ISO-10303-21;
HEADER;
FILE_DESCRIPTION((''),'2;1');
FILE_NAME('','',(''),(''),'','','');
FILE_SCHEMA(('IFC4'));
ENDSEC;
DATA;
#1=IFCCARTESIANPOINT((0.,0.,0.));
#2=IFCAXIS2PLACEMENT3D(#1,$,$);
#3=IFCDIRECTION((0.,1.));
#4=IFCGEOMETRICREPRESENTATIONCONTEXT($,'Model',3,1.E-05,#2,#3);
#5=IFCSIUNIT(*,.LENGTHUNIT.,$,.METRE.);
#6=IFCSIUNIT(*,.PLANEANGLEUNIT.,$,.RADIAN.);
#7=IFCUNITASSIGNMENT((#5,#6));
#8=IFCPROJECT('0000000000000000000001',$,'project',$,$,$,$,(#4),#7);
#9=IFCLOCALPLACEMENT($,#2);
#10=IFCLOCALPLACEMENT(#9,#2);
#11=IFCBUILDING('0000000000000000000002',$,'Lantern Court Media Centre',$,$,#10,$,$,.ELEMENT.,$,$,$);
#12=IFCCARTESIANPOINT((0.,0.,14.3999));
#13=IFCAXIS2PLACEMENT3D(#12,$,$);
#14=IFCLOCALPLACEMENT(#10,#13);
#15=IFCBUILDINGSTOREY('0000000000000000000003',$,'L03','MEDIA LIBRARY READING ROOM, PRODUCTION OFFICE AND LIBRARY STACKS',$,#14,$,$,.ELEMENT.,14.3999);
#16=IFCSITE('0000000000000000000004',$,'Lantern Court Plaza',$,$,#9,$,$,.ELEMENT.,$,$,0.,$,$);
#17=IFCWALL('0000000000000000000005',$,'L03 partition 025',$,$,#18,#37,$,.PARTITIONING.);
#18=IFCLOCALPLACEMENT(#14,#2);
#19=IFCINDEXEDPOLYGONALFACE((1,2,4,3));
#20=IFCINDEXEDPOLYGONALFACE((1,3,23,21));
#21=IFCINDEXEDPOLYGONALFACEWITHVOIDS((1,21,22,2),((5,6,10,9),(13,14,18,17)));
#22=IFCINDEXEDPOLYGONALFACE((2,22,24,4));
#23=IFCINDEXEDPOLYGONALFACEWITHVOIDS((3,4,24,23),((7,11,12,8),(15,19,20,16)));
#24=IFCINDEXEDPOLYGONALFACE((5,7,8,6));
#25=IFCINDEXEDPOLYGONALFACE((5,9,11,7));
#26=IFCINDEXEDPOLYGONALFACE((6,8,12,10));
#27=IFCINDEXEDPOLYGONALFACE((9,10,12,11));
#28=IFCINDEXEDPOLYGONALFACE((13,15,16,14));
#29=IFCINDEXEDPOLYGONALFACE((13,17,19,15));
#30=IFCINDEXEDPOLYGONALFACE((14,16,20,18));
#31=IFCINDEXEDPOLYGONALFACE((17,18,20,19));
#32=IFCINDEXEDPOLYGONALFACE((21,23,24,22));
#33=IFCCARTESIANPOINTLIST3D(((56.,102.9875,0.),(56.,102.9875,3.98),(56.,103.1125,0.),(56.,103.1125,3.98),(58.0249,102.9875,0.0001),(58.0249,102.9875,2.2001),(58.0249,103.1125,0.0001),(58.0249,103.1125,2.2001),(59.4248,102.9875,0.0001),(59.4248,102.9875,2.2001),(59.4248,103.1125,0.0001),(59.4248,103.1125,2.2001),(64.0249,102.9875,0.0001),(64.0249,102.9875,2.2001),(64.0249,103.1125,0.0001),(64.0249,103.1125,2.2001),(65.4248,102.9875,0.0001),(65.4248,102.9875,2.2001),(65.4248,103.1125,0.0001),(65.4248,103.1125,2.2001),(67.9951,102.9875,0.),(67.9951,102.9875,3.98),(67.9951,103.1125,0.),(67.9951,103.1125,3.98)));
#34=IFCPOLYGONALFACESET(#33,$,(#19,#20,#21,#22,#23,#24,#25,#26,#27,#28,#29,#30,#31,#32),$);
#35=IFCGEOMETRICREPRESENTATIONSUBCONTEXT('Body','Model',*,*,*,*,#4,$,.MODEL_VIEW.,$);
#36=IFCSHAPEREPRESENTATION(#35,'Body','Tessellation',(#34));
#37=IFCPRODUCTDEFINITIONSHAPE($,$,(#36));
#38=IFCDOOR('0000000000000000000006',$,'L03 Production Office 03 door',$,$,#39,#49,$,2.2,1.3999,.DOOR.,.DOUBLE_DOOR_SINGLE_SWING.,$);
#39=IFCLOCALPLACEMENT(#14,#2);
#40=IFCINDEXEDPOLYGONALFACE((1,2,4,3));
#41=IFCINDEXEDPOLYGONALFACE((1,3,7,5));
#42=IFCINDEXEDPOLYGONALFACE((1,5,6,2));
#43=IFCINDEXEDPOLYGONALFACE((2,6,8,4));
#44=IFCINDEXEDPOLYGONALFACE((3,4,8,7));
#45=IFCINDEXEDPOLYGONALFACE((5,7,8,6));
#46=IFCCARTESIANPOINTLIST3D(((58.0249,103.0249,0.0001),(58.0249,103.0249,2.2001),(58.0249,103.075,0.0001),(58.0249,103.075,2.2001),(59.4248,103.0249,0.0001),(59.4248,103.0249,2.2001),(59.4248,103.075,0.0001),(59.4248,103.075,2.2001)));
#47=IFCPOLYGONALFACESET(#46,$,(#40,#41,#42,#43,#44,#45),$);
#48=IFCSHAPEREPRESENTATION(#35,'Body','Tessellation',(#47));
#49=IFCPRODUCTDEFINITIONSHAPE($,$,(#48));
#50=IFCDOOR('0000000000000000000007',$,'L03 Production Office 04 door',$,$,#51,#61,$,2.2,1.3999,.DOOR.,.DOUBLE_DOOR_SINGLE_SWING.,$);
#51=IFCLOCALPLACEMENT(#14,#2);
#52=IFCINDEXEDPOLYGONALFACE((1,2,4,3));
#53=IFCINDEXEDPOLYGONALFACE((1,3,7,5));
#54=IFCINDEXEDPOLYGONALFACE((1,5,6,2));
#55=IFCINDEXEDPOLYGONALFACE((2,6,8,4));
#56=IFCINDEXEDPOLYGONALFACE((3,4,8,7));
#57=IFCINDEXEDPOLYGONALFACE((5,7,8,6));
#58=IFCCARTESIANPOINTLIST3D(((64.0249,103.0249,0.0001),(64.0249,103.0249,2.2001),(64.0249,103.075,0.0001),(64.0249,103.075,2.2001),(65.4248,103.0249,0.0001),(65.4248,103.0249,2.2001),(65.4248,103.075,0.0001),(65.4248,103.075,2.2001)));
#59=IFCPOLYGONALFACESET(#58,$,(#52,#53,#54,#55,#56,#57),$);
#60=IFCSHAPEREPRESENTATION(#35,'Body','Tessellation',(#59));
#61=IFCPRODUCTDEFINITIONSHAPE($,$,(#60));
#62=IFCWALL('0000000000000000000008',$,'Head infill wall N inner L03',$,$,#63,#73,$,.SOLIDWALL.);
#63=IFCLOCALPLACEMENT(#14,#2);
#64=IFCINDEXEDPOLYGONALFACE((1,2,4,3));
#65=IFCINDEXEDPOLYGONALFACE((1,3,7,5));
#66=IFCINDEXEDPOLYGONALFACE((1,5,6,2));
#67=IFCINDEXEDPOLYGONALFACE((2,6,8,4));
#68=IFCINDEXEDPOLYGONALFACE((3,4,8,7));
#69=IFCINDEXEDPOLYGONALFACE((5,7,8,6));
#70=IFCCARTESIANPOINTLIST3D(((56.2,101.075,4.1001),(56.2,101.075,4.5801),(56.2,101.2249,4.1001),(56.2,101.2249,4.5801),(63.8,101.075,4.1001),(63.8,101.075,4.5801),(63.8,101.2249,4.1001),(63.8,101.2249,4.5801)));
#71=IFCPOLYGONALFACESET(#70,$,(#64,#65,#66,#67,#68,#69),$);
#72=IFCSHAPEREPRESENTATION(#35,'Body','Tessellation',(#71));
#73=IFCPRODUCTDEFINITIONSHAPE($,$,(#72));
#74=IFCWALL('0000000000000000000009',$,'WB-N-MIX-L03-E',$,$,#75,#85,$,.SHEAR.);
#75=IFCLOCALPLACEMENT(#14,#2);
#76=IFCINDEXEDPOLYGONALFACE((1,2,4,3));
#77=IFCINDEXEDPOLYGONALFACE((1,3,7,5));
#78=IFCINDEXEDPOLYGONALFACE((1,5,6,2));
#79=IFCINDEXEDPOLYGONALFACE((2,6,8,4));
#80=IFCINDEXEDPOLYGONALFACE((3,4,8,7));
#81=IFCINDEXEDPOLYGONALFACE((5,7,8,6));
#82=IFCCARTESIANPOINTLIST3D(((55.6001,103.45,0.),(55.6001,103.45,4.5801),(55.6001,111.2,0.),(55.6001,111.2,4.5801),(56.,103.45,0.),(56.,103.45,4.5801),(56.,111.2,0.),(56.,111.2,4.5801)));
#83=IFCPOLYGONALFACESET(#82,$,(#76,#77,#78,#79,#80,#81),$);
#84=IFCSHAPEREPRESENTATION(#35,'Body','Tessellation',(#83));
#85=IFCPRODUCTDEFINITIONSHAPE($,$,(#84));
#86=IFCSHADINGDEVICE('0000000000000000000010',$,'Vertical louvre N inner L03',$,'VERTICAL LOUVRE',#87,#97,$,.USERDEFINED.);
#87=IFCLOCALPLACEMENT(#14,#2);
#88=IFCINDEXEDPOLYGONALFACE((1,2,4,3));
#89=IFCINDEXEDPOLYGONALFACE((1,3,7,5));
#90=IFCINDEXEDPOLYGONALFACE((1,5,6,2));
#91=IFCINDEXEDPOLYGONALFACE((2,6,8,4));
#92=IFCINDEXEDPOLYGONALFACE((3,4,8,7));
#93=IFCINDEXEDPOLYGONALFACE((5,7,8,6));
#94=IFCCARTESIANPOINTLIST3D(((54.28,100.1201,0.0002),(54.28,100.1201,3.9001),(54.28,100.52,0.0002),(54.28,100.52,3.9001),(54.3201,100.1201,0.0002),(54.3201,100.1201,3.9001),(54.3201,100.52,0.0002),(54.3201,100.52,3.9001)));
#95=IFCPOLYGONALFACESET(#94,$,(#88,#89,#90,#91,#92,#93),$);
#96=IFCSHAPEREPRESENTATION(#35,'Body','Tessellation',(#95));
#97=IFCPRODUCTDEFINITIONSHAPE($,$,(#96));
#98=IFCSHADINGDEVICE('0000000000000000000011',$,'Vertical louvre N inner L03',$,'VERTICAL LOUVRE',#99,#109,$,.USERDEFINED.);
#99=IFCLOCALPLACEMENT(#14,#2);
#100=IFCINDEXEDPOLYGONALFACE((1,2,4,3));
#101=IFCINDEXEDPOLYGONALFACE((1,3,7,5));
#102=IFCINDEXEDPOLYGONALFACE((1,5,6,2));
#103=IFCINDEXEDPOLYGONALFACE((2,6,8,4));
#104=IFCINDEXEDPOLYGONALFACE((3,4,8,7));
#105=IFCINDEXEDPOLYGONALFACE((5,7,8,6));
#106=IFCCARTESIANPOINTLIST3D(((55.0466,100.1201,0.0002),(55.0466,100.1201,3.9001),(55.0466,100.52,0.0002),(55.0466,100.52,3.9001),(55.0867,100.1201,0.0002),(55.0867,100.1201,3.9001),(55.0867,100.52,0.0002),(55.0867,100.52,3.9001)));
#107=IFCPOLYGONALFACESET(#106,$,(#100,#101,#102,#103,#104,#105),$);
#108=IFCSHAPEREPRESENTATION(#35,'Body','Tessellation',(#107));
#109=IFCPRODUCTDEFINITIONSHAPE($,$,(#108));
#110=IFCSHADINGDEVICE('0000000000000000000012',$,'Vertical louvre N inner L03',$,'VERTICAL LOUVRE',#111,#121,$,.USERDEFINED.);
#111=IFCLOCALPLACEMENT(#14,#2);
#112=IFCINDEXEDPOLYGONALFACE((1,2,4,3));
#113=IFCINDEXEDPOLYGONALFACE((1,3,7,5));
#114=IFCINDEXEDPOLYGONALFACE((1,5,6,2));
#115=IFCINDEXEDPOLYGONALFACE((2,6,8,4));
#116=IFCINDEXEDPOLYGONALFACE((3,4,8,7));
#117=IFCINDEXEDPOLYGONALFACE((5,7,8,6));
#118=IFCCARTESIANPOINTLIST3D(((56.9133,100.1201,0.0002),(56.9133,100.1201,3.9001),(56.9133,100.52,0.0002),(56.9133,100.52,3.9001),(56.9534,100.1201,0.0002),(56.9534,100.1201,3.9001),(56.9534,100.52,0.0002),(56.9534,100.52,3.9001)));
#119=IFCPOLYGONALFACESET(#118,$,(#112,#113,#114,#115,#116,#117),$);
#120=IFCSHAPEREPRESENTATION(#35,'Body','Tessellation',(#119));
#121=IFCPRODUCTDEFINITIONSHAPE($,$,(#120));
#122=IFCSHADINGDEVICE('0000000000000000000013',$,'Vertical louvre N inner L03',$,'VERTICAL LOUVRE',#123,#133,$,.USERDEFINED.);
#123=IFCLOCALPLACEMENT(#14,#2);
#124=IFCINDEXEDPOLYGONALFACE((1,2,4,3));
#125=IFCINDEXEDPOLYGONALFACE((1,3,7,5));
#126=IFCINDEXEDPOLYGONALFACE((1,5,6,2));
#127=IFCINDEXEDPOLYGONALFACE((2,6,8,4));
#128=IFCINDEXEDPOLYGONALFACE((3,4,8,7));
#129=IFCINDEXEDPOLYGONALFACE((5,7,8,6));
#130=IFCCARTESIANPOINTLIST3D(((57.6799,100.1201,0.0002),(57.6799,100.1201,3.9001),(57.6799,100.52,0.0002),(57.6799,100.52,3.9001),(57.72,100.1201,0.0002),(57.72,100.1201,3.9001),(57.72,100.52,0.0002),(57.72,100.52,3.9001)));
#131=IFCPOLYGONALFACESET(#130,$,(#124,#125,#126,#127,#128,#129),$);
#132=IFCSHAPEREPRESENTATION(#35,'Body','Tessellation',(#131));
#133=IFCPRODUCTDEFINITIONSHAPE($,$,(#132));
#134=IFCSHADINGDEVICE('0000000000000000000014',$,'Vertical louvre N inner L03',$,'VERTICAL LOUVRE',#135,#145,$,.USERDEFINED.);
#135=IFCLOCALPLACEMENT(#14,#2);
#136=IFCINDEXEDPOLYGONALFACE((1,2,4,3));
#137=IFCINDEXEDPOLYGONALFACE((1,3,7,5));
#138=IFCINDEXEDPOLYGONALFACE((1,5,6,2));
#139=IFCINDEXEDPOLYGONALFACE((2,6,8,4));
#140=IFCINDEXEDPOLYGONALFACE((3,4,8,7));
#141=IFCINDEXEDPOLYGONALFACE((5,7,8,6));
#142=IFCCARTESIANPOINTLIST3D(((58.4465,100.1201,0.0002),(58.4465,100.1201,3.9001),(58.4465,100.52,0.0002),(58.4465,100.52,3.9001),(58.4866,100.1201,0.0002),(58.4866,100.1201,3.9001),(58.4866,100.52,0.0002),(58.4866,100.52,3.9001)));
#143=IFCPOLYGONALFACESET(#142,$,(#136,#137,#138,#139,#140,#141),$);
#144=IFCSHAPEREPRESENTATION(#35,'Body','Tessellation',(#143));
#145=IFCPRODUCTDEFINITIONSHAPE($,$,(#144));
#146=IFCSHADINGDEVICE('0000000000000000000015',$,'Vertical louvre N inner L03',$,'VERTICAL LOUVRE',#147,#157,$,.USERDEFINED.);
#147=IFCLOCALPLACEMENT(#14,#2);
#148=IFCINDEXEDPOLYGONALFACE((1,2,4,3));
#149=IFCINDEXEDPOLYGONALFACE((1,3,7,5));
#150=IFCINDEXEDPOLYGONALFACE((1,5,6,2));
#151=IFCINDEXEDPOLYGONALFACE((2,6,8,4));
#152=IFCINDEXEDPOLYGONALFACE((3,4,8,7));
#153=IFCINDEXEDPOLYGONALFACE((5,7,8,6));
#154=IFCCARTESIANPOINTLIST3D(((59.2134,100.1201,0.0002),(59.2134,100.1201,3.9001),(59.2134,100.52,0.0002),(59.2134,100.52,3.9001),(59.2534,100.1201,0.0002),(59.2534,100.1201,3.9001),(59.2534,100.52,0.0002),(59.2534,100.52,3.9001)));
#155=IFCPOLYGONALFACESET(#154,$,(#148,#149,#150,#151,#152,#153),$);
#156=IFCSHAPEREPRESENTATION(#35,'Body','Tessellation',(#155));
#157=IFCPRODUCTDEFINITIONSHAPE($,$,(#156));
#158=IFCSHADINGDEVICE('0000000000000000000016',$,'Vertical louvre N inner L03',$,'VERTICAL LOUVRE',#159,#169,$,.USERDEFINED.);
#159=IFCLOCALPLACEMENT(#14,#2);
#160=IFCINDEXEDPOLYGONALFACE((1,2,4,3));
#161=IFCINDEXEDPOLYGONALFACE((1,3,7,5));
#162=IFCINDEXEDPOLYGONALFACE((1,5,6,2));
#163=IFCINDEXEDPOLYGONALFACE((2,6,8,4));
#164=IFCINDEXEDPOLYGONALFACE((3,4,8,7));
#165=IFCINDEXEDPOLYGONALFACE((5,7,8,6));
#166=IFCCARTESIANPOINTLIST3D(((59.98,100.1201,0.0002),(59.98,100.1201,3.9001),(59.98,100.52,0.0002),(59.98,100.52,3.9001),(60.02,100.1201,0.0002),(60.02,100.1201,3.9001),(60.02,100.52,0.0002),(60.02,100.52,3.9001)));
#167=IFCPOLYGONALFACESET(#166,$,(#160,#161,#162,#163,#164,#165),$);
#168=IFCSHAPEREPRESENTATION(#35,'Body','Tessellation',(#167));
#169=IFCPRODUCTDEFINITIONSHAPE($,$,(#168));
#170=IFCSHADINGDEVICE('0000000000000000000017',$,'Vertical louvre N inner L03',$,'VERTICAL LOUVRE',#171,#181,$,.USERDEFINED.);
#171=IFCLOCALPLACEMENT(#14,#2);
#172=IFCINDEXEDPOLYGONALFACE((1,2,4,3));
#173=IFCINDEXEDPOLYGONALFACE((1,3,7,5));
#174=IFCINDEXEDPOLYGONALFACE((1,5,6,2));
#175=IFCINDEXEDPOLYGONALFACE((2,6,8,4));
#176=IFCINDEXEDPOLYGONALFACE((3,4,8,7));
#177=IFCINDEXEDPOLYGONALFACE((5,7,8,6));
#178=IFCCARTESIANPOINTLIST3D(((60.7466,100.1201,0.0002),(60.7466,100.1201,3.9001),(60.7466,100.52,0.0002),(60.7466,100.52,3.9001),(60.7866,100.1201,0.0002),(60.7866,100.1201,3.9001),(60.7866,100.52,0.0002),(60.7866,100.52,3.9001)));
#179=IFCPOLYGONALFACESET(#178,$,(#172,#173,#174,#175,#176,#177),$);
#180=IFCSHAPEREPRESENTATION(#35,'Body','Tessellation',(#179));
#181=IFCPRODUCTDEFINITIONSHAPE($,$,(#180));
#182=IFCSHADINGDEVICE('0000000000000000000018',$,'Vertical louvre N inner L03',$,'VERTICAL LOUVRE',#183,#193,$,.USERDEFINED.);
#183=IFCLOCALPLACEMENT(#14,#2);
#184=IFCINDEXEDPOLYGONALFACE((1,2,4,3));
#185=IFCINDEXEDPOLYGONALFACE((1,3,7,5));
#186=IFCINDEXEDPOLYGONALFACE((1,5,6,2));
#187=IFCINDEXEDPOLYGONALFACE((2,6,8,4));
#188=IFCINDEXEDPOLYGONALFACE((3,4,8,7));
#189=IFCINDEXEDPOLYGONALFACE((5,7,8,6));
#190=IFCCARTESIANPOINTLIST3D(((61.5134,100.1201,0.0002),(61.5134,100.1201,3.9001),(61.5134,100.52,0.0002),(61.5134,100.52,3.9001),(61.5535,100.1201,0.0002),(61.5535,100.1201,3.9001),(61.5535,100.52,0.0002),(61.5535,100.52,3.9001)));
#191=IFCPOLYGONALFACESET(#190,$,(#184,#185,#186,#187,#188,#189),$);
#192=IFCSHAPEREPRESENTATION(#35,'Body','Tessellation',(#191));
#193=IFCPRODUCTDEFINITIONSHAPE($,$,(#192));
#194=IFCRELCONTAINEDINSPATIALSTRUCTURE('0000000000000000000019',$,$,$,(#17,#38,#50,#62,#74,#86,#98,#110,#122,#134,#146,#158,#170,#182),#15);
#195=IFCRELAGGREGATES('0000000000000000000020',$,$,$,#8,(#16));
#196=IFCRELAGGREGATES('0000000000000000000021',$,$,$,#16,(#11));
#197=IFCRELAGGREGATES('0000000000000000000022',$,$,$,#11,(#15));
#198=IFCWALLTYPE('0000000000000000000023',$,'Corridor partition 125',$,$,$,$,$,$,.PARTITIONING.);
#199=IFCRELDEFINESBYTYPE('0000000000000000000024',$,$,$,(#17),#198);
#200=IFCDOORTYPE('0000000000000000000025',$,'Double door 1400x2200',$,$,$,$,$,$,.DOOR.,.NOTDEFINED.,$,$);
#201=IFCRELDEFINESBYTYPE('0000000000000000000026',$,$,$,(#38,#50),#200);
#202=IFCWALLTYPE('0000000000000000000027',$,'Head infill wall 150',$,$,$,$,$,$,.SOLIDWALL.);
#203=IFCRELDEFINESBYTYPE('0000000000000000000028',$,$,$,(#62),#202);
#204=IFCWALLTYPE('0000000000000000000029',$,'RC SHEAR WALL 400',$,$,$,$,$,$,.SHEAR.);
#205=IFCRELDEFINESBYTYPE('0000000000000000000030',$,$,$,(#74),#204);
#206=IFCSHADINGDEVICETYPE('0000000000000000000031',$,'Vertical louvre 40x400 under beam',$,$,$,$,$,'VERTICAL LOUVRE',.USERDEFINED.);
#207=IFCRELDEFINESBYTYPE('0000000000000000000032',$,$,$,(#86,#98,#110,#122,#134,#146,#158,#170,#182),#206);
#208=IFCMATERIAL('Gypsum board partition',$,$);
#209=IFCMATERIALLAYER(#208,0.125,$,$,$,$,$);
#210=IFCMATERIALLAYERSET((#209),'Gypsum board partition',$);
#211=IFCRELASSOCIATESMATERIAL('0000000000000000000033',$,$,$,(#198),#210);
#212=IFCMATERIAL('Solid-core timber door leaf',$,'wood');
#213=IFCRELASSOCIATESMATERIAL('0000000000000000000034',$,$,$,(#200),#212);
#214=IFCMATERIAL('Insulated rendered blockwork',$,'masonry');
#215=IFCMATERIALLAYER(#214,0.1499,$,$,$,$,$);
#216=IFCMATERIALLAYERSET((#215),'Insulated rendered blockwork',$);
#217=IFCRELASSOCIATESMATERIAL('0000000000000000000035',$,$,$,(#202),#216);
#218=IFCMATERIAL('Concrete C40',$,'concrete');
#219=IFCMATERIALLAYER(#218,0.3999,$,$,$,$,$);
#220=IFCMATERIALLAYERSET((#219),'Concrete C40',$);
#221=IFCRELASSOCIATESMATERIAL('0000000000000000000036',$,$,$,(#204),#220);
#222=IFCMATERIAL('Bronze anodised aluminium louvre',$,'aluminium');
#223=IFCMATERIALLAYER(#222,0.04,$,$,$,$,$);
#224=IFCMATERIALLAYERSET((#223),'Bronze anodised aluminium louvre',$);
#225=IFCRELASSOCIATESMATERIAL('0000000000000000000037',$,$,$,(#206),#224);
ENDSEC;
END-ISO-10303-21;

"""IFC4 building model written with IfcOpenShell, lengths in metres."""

from ifc_helpers import new_model, si_unit, direction, frame, frame_2d, origin, origin_2d, place, context, subcontext, project, spatial, rectangle, extrude, material, layer, layer_set, type_object, element, fill, save


model = new_model("IFC4")

# Units and contexts
model_context = context("Model", 3, precision=1e-05, world=origin(), true_north=direction((0.0, 1.0)))
body_context = subcontext(model_context, "Body", "Model", "MODEL_VIEW")
ifc_project = project(units=[si_unit("LENGTHUNIT", "METRE"), si_unit("PLANEANGLEUNIT", "RADIAN")], contexts=[model_context])

# Site, building, storey
site_placement = place(None, origin())
site = spatial("IfcSite", under=ifc_project, at=site_placement, Name="Lantern Court Plaza", CompositionType="ELEMENT", RefElevation=0.0)
building_placement = place(site_placement, origin())
building = spatial("IfcBuilding", under=site, at=building_placement, Name="Lantern Court Media Centre", CompositionType="ELEMENT")
storey_placement = place(building_placement, frame((0.0, 0.0, 14.3999)))
storey = spatial("IfcBuildingStorey", under=building, at=storey_placement, Name="L03", Description="MEDIA LIBRARY READING ROOM, PRODUCTION OFFICE AND LIBRARY STACKS", CompositionType="ELEMENT", Elevation=14.3999)

# Wall, openings, doors
ifc_material_1 = material(Name="Gypsum board partition")
ifc_layer_1 = layer(ifc_material_1, 0.125)
ifc_layer_set_1 = layer_set([ifc_layer_1], Name="Gypsum board partition")
wall_type_1 = type_object("IfcWallType", Name="Corridor partition 125", PredefinedType="PARTITIONING", material=ifc_layer_set_1)
wall_1_placement = place(storey_placement, frame((56.0, 103.05, 0.0), z_axis=(0.0, 0.0, 1.0), x_axis=(1.0, 0.0, 0.0)))
wall_1 = element("IfcWall", 1, at=wall_1_placement, inside=storey, type_object=wall_type_1, Name="L03 partition 025", PredefinedType="PARTITIONING", context=body_context, shape_type="SweptSolid", body=[
    extrude(rectangle(XDim=11.9951, YDim=0.125, at=frame_2d((5.9976, 0.0))), origin(), (0.0, 0.0, 1.0), 3.98),
])
opening_1_placement = place(wall_1_placement, frame((2.0249, 0.0, 0.0)))
opening_1 = element("IfcOpeningElement", 2, at=opening_1_placement, cuts=wall_1, PredefinedType="OPENING", context=body_context, shape_type="SweptSolid", body=[
    extrude(rectangle(XDim=1.3999, YDim=2.2, at=frame_2d((0.7, 1.1001))), frame((0.0, 0.0725, 0.0), z_axis=(0.0, -1.0, 0.0), x_axis=(1.0, 0.0, 0.0)), (0.0, 0.0, 1.0), 0.145),
])
opening_2_placement = place(wall_1_placement, frame((8.0249, 0.0, 0.0)))
opening_2 = element("IfcOpeningElement", 3, at=opening_2_placement, cuts=wall_1, PredefinedType="OPENING", context=body_context, shape_type="SweptSolid", body=[
    extrude(rectangle(XDim=1.3999, YDim=2.2, at=frame_2d((0.7, 1.1001))), frame((0.0, 0.0725, 0.0), z_axis=(0.0, -1.0, 0.0), x_axis=(1.0, 0.0, 0.0)), (0.0, 0.0, 1.0), 0.145),
])
ifc_material_2 = material(Name="Solid-core timber door leaf", Category="wood")
door_type = type_object("IfcDoorType", Name="Double door 1400x2200", OperationType="NOTDEFINED", PredefinedType="DOOR", material=ifc_material_2)
door_1_placement = place(opening_1_placement, origin())
door_1 = element("IfcDoor", 4, at=door_1_placement, inside=storey, type_object=door_type, Name="L03 Production Office 03 door", OperationType="DOUBLE_DOOR_SINGLE_SWING", OverallHeight=2.2, OverallWidth=1.3999, PredefinedType="DOOR", context=body_context, shape_type="SweptSolid", body=[
    extrude(rectangle(XDim=1.3999, YDim=2.2, at=frame_2d((0.7, 1.1001))), frame((0.0, 0.0249, 0.0), z_axis=(0.0, -1.0, 0.0), x_axis=(1.0, 0.0, 0.0)), (0.0, 0.0, 1.0), 0.05),
])
fill(opening_1, door_1)
door_2_placement = place(opening_2_placement, origin())
door_2 = element("IfcDoor", 5, at=door_2_placement, inside=storey, type_object=door_type, Name="L03 Production Office 04 door", OperationType="DOUBLE_DOOR_SINGLE_SWING", OverallHeight=2.2, OverallWidth=1.3999, PredefinedType="DOOR", context=body_context, shape_type="SweptSolid", body=[
    extrude(rectangle(XDim=1.3999, YDim=2.2, at=frame_2d((0.7, 1.1001))), frame((0.0, 0.0249, 0.0), z_axis=(0.0, -1.0, 0.0), x_axis=(1.0, 0.0, 0.0)), (0.0, 0.0, 1.0), 0.05),
])
fill(opening_2, door_2)

# Walls
ifc_material_3 = material(Name="Insulated rendered blockwork", Category="masonry")
ifc_layer_2 = layer(ifc_material_3, 0.1499)
ifc_layer_set_2 = layer_set([ifc_layer_2], Name="Insulated rendered blockwork")
wall_type_2 = type_object("IfcWallType", Name="Head infill wall 150", PredefinedType="SOLIDWALL", material=ifc_layer_set_2)
wall_2_placement = place(storey_placement, frame((56.2, 101.1499, 4.1001), z_axis=(0.0, 0.0, 1.0), x_axis=(1.0, 0.0, 0.0)))
element("IfcWall", 6, at=wall_2_placement, inside=storey, type_object=wall_type_2, Name="Head infill wall N inner L03", PredefinedType="SOLIDWALL", context=body_context, shape_type="SweptSolid", body=[
    extrude(rectangle(XDim=7.6001, YDim=0.1499, at=frame_2d((3.8, 0.0))), origin(), (0.0, 0.0, 1.0), 0.48),
])
ifc_material_4 = material(Name="Concrete C40", Category="concrete")
ifc_layer_3 = layer(ifc_material_4, 0.3999)
ifc_layer_set_3 = layer_set([ifc_layer_3], Name="Concrete C40")
wall_type_3 = type_object("IfcWallType", Name="RC SHEAR WALL 400", PredefinedType="SHEAR", material=ifc_layer_set_3)
wall_3_placement = place(storey_placement, frame((55.8, 103.45, 0.0), z_axis=(0.0, 0.0, 1.0), x_axis=(0.0, 1.0, 0.0)))
element("IfcWall", 7, at=wall_3_placement, inside=storey, type_object=wall_type_3, Name="WB-N-MIX-L03-E", PredefinedType="SHEAR", context=body_context, shape_type="SweptSolid", body=[
    extrude(rectangle(XDim=7.75, YDim=0.3999, at=frame_2d((3.875, 0.0))), origin(), (0.0, 0.0, 1.0), 4.5801),
])

# Shading devices
ifc_material_5 = material(Name="Bronze anodised aluminium louvre", Category="aluminium")
ifc_layer_4 = layer(ifc_material_5, 0.04)
ifc_layer_set_4 = layer_set([ifc_layer_4], Name="Bronze anodised aluminium louvre")
shading_device_type = type_object("IfcShadingDeviceType", Name="Vertical louvre 40x400 under beam", ElementType="VERTICAL LOUVRE", PredefinedType="USERDEFINED", material=ifc_layer_set_4)
for number, where, z_axis, x_axis, name in (
    (8, (54.3, 100.3201, 0.0002), (0.0, 0.0, 1.0), (1.0, 0.0, 0.0), "Vertical louvre N inner L03"),
    (9, (55.0667, 100.3201, 0.0002), (0.0, 0.0, 1.0), (1.0, 0.0, 0.0), "Vertical louvre N inner L03"),
    (10, (56.9333, 100.3201, 0.0002), (0.0, 0.0, 1.0), (1.0, 0.0, 0.0), "Vertical louvre N inner L03"),
    (11, (57.7, 100.3201, 0.0002), (0.0, 0.0, 1.0), (1.0, 0.0, 0.0), "Vertical louvre N inner L03"),
    (12, (58.4666, 100.3201, 0.0002), (0.0, 0.0, 1.0), (1.0, 0.0, 0.0), "Vertical louvre N inner L03"),
    (13, (59.2334, 100.3201, 0.0002), (0.0, 0.0, 1.0), (1.0, 0.0, 0.0), "Vertical louvre N inner L03"),
    (14, (60.0, 100.3201, 0.0002), (0.0, 0.0, 1.0), (1.0, 0.0, 0.0), "Vertical louvre N inner L03"),
    (15, (60.7666, 100.3201, 0.0002), (0.0, 0.0, 1.0), (1.0, 0.0, 0.0), "Vertical louvre N inner L03"),
    (16, (61.5334, 100.3201, 0.0002), (0.0, 0.0, 1.0), (1.0, 0.0, 0.0), "Vertical louvre N inner L03"),
):
    element("IfcShadingDevice", number, at=place(storey_placement, frame(where, z_axis=z_axis, x_axis=x_axis)), inside=storey, type_object=shading_device_type, Name=name, ObjectType="VERTICAL LOUVRE", PredefinedType="USERDEFINED", context=body_context, shape_type="SweptSolid", body=[
        extrude(rectangle(XDim=0.04, YDim=0.3999, at=origin_2d()), origin(), (0.0, 0.0, 1.0), 3.8999),
    ])

save(model, "model.ifc")
